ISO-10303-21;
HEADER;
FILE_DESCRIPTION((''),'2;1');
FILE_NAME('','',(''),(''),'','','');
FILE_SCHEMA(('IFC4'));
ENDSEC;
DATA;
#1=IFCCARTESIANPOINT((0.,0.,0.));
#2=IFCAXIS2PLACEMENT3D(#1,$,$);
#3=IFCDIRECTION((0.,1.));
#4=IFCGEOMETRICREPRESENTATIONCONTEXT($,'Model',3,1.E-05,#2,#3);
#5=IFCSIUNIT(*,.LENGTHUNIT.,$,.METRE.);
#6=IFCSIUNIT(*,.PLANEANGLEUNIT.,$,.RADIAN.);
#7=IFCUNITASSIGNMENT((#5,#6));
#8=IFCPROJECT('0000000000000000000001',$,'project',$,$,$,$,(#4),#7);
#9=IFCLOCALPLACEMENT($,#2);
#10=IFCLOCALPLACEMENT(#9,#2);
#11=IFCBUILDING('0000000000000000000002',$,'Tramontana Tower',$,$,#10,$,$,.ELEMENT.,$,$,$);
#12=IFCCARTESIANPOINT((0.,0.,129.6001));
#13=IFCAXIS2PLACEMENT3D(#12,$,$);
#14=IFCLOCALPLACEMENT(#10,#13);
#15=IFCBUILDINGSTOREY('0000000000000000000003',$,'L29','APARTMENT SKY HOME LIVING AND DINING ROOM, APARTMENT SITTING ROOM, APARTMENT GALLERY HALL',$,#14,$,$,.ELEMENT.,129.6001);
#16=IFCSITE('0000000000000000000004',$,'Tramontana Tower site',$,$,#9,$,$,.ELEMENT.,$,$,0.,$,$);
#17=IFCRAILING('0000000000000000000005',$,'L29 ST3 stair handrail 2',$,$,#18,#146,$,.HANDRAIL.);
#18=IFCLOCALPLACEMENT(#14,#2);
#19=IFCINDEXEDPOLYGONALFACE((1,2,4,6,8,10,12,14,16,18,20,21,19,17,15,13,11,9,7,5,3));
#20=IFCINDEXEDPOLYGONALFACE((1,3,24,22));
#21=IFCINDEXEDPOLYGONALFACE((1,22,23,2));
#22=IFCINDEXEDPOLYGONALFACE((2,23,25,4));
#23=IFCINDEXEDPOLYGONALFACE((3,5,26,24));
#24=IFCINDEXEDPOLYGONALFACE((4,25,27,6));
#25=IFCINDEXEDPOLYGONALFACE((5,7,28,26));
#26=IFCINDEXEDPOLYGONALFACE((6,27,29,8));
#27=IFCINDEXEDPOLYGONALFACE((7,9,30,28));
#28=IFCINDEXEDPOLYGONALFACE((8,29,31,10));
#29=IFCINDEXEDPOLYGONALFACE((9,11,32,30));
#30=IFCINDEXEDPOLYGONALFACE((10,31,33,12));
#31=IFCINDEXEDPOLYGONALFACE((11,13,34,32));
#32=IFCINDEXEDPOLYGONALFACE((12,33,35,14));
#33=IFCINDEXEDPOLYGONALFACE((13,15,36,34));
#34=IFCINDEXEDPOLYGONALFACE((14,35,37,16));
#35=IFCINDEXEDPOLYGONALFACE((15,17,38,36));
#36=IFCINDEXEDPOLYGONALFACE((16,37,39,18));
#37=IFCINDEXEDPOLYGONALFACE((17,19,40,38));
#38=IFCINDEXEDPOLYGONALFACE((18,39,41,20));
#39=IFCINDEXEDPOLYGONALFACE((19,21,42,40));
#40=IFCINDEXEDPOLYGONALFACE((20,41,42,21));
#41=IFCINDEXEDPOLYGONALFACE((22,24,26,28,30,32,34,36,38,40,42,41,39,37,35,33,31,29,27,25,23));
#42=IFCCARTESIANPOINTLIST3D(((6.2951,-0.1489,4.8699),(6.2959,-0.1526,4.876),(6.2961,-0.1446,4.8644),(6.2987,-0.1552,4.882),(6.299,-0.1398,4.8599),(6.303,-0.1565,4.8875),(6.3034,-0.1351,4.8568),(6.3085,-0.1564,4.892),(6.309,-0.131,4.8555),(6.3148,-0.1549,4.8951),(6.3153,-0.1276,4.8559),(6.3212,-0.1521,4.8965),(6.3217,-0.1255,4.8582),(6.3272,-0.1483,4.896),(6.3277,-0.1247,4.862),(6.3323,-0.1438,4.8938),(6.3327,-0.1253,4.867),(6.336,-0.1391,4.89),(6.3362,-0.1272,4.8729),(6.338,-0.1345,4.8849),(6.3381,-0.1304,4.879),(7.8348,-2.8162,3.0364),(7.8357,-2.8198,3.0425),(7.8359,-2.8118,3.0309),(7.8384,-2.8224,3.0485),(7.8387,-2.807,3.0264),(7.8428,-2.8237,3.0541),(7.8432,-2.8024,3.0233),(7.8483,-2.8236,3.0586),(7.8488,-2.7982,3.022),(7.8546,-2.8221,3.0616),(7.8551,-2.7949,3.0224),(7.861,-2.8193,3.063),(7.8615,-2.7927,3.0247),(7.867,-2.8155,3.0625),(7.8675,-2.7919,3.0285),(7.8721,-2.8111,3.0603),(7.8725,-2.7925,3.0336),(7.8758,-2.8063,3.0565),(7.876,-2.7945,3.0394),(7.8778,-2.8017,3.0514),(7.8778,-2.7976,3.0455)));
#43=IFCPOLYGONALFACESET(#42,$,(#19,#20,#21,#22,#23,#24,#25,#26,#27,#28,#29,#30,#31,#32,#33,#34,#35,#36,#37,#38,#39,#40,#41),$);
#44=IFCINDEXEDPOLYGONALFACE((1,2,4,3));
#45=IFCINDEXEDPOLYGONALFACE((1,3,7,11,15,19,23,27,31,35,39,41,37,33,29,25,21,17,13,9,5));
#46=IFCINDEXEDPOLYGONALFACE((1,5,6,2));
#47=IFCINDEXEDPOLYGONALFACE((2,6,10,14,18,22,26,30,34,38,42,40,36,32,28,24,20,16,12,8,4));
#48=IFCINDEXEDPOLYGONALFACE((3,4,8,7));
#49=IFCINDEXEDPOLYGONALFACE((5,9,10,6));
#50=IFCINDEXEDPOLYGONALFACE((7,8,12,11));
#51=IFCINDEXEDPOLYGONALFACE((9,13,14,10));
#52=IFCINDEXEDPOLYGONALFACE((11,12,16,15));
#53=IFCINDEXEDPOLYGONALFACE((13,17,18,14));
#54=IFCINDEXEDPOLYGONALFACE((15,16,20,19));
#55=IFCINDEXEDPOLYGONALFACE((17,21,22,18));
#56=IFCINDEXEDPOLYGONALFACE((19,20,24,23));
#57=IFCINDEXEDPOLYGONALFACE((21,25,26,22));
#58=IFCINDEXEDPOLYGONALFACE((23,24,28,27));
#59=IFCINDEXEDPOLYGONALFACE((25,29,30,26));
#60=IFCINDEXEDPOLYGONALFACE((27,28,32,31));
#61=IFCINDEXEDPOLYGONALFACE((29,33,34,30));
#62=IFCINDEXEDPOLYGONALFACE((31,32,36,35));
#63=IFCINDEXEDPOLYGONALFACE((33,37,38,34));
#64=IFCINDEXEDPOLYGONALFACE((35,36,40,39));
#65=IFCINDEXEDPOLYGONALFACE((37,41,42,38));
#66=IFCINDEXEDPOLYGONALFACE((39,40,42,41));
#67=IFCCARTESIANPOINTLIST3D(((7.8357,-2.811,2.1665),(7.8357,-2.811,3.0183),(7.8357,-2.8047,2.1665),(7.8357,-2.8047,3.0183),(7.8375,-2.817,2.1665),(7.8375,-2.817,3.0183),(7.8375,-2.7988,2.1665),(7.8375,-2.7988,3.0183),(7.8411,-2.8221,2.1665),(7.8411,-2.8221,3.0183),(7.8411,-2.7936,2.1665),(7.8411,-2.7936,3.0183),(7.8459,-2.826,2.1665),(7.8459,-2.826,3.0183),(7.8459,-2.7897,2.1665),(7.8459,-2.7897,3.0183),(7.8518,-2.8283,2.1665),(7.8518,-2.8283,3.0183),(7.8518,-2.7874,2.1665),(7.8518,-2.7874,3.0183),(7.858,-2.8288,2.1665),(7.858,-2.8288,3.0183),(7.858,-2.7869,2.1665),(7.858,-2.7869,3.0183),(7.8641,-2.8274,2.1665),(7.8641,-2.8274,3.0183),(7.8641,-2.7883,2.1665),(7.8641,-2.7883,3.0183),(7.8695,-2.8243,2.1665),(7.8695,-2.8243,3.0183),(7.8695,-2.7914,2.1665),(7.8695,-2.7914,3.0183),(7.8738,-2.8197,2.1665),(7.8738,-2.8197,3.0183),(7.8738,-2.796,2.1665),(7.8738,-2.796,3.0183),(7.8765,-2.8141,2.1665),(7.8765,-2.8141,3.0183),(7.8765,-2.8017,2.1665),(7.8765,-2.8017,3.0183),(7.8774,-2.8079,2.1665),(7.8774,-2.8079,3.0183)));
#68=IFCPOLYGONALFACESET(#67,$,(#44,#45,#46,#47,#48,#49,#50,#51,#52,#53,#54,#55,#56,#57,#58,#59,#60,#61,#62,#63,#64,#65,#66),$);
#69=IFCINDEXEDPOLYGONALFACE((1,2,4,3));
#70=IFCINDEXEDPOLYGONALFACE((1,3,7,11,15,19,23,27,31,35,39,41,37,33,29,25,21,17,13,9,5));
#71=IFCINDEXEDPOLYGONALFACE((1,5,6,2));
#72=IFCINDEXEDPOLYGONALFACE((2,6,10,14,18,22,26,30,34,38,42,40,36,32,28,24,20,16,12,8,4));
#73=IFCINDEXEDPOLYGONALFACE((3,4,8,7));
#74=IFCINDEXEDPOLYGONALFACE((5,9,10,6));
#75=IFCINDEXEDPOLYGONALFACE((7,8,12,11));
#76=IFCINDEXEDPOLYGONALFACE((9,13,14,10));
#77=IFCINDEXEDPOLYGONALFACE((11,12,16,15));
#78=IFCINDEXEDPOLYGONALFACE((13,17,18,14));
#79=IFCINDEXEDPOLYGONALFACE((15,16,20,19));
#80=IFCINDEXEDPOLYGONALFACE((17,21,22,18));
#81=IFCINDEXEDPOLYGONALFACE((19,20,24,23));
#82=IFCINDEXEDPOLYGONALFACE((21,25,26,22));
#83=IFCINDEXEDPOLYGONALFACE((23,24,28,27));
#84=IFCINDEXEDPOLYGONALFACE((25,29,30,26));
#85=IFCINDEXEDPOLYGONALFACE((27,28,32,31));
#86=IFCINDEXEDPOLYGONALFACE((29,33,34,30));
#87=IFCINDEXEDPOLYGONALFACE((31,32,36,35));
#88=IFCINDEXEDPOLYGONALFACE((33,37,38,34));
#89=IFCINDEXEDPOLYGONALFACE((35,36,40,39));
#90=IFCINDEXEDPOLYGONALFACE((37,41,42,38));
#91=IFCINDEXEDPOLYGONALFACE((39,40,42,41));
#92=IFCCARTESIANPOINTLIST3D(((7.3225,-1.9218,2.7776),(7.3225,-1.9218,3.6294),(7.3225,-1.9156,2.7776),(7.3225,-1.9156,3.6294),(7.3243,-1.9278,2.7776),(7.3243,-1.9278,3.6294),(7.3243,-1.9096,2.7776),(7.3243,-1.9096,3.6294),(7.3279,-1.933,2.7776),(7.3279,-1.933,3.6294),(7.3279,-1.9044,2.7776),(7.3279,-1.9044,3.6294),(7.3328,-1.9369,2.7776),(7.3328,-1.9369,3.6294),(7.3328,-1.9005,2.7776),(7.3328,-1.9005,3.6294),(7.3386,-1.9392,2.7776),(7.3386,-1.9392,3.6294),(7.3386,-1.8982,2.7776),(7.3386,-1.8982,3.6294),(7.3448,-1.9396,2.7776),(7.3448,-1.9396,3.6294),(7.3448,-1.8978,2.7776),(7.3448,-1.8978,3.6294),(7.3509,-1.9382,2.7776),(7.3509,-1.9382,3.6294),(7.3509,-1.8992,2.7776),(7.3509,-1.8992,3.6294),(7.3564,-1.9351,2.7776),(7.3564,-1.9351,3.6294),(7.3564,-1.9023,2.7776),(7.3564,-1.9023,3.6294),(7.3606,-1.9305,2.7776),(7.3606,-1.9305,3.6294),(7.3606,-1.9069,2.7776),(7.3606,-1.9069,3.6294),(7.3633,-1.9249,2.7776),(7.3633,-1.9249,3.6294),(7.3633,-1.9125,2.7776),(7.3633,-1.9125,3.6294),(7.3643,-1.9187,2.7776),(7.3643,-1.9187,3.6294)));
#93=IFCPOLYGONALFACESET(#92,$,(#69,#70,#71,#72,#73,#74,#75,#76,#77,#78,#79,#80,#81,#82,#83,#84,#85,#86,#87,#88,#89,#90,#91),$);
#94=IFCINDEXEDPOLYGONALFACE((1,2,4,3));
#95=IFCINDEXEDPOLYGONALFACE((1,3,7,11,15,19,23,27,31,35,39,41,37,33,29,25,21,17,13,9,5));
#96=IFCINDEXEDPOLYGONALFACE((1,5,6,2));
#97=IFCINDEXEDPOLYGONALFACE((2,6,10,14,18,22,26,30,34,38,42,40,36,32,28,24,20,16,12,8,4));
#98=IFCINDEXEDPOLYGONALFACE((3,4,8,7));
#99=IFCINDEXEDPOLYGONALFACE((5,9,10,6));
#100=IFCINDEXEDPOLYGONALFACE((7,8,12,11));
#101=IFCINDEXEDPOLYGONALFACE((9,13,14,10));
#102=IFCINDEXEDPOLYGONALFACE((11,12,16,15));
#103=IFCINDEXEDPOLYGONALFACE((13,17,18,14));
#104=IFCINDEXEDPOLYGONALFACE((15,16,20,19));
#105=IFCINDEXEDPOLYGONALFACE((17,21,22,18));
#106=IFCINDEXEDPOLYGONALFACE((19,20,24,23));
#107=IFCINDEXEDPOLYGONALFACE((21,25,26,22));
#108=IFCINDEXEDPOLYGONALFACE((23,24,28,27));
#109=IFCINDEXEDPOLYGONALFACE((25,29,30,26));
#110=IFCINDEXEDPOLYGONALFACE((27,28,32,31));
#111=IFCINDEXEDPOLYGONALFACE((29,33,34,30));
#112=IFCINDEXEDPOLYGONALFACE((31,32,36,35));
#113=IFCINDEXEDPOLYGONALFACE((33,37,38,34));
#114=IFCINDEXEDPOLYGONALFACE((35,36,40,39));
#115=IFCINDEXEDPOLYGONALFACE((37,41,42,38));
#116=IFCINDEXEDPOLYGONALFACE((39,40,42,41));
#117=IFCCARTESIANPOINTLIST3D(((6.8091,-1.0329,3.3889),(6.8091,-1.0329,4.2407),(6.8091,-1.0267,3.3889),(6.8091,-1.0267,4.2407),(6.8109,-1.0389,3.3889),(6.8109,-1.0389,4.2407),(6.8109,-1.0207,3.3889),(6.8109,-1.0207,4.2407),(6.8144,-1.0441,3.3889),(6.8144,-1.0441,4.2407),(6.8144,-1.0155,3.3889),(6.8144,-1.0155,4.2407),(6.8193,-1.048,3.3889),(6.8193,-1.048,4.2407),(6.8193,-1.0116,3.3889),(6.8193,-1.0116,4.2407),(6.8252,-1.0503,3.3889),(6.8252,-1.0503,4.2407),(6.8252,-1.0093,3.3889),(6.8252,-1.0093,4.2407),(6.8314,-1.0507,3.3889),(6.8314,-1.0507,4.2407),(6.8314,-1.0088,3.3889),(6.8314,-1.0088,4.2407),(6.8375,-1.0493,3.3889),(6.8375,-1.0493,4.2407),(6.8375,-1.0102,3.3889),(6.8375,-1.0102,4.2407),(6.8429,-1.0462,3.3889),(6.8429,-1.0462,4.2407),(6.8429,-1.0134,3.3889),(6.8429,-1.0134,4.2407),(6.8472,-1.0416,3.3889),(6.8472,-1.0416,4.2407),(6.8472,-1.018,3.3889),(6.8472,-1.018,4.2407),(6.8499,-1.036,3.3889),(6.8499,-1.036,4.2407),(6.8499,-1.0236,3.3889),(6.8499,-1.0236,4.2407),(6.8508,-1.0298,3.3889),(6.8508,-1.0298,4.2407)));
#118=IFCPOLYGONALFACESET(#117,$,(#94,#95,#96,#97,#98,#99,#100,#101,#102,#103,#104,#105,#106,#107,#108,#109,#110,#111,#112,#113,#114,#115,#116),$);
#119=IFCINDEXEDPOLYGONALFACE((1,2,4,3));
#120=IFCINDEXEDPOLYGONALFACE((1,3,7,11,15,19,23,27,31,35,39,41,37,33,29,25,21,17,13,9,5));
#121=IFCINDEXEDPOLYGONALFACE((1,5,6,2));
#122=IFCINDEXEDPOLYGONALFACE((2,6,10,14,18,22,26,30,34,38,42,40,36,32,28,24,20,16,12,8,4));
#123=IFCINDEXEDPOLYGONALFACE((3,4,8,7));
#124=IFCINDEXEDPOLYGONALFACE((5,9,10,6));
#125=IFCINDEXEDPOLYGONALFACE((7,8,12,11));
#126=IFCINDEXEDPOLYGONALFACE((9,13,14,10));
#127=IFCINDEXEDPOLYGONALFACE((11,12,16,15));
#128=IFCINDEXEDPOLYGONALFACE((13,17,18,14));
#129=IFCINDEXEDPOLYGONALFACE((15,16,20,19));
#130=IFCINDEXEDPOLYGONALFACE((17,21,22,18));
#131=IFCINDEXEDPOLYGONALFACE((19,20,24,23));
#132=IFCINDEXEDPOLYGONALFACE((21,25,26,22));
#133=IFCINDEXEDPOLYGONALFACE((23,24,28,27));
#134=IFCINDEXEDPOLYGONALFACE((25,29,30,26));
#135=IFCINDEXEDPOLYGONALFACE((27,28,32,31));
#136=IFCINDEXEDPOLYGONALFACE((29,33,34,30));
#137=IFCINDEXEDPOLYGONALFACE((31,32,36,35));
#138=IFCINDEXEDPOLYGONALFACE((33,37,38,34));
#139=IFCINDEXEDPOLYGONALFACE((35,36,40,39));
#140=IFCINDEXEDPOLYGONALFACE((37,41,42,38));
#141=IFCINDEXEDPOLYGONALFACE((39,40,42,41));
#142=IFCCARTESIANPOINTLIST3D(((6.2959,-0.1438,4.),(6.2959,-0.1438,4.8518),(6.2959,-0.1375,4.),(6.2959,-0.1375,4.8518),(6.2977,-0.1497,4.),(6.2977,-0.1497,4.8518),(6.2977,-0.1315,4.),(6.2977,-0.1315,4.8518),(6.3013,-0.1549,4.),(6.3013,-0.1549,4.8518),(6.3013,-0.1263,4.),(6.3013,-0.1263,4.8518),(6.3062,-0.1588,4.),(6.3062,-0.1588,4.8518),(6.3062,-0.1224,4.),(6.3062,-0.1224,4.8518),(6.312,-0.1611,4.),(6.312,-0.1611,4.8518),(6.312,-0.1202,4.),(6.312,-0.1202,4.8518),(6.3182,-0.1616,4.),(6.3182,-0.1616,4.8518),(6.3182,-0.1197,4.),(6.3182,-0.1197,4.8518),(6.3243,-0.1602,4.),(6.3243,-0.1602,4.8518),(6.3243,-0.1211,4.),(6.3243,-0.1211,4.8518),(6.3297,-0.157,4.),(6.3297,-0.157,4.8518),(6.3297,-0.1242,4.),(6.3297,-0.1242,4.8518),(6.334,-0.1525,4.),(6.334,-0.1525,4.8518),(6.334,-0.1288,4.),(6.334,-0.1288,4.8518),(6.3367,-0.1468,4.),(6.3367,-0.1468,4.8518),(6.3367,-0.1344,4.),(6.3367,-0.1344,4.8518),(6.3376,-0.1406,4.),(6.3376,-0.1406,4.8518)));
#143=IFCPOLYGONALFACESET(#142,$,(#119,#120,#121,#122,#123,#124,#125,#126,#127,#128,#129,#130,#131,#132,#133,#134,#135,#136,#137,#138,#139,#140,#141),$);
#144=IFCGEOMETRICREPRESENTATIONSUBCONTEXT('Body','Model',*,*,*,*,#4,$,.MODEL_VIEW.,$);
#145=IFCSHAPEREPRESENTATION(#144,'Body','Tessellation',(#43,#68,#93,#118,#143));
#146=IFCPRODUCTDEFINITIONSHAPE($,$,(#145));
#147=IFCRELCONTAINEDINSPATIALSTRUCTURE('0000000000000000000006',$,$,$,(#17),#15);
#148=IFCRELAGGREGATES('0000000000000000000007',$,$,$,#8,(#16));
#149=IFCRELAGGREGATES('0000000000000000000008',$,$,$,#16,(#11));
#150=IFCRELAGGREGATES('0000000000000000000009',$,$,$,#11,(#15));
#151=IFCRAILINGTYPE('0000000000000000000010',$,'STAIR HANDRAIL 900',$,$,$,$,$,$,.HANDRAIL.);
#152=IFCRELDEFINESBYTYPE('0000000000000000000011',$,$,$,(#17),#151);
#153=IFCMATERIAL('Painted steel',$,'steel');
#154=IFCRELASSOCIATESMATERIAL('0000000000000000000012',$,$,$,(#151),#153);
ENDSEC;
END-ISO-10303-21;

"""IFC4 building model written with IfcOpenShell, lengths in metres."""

from ifc_helpers import new_model, si_unit, direction, frame, origin, origin_2d, place, context, subcontext, project, spatial, circle, extrude, material, type_object, element, save


model = new_model("IFC4")

# Units and contexts
model_context = context("Model", 3, precision=1e-05, world=origin(), true_north=direction((0.0, 1.0)))
body_context = subcontext(model_context, "Body", "Model", "MODEL_VIEW")
ifc_project = project(units=[si_unit("LENGTHUNIT", "METRE"), si_unit("PLANEANGLEUNIT", "RADIAN")], contexts=[model_context])

# Site, building, storey
site_placement = place(None, origin())
site = spatial("IfcSite", under=ifc_project, at=site_placement, Name="Tramontana Tower site", CompositionType="ELEMENT", RefElevation=0.0)
building_placement = place(site_placement, origin())
building = spatial("IfcBuilding", under=site, at=building_placement, Name="Tramontana Tower", CompositionType="ELEMENT")
storey_placement = place(building_placement, frame((0.0, 0.0, 129.6001)))
storey = spatial("IfcBuildingStorey", under=building, at=storey_placement, Name="L29", Description="APARTMENT SKY HOME LIVING AND DINING ROOM, APARTMENT SITTING ROOM, APARTMENT GALLERY HALL", CompositionType="ELEMENT", Elevation=129.6001)

# Railing
ifc_material_1 = material(Name="Painted steel", Category="steel")
railing_type_1 = type_object("IfcRailingType", Name="STAIR HANDRAIL 900", PredefinedType="HANDRAIL", material=ifc_material_1)
railing_1_placement = place(storey_placement, frame((7.8564, -2.8079, 2.1665)))
element("IfcRailing", 1, at=railing_1_placement, inside=storey, type_object=railing_type_1, Name="L29 ST3 stair handrail 2", PredefinedType="HANDRAIL", context=body_context, shape_type="SweptSolid", body=[
    extrude(circle(Radius=0.0239, at=origin_2d()), frame((0.0, 0.0, 0.876), z_axis=(-0.429601, 0.744155, 0.511543), x_axis=(-0.866044, -0.499967, 0.0)), (0.0, 0.0, 1.0), 3.5842),
    extrude(circle(Radius=0.021, at=origin_2d()), origin(), (0.0, 0.0, 1.0), 0.8518),
    extrude(circle(Radius=0.021, at=origin_2d()), frame((-0.5132, 0.8892, 0.6111)), (0.0, 0.0, 1.0), 0.8518),
    extrude(circle(Radius=0.021, at=origin_2d()), frame((-1.0266, 1.7781, 1.2224)), (0.0, 0.0, 1.0), 0.8518),
    extrude(circle(Radius=0.021, at=origin_2d()), frame((-1.5398, 2.6672, 1.8335)), (0.0, 0.0, 1.0), 0.8518),
])

save(model, "model.ifc")
